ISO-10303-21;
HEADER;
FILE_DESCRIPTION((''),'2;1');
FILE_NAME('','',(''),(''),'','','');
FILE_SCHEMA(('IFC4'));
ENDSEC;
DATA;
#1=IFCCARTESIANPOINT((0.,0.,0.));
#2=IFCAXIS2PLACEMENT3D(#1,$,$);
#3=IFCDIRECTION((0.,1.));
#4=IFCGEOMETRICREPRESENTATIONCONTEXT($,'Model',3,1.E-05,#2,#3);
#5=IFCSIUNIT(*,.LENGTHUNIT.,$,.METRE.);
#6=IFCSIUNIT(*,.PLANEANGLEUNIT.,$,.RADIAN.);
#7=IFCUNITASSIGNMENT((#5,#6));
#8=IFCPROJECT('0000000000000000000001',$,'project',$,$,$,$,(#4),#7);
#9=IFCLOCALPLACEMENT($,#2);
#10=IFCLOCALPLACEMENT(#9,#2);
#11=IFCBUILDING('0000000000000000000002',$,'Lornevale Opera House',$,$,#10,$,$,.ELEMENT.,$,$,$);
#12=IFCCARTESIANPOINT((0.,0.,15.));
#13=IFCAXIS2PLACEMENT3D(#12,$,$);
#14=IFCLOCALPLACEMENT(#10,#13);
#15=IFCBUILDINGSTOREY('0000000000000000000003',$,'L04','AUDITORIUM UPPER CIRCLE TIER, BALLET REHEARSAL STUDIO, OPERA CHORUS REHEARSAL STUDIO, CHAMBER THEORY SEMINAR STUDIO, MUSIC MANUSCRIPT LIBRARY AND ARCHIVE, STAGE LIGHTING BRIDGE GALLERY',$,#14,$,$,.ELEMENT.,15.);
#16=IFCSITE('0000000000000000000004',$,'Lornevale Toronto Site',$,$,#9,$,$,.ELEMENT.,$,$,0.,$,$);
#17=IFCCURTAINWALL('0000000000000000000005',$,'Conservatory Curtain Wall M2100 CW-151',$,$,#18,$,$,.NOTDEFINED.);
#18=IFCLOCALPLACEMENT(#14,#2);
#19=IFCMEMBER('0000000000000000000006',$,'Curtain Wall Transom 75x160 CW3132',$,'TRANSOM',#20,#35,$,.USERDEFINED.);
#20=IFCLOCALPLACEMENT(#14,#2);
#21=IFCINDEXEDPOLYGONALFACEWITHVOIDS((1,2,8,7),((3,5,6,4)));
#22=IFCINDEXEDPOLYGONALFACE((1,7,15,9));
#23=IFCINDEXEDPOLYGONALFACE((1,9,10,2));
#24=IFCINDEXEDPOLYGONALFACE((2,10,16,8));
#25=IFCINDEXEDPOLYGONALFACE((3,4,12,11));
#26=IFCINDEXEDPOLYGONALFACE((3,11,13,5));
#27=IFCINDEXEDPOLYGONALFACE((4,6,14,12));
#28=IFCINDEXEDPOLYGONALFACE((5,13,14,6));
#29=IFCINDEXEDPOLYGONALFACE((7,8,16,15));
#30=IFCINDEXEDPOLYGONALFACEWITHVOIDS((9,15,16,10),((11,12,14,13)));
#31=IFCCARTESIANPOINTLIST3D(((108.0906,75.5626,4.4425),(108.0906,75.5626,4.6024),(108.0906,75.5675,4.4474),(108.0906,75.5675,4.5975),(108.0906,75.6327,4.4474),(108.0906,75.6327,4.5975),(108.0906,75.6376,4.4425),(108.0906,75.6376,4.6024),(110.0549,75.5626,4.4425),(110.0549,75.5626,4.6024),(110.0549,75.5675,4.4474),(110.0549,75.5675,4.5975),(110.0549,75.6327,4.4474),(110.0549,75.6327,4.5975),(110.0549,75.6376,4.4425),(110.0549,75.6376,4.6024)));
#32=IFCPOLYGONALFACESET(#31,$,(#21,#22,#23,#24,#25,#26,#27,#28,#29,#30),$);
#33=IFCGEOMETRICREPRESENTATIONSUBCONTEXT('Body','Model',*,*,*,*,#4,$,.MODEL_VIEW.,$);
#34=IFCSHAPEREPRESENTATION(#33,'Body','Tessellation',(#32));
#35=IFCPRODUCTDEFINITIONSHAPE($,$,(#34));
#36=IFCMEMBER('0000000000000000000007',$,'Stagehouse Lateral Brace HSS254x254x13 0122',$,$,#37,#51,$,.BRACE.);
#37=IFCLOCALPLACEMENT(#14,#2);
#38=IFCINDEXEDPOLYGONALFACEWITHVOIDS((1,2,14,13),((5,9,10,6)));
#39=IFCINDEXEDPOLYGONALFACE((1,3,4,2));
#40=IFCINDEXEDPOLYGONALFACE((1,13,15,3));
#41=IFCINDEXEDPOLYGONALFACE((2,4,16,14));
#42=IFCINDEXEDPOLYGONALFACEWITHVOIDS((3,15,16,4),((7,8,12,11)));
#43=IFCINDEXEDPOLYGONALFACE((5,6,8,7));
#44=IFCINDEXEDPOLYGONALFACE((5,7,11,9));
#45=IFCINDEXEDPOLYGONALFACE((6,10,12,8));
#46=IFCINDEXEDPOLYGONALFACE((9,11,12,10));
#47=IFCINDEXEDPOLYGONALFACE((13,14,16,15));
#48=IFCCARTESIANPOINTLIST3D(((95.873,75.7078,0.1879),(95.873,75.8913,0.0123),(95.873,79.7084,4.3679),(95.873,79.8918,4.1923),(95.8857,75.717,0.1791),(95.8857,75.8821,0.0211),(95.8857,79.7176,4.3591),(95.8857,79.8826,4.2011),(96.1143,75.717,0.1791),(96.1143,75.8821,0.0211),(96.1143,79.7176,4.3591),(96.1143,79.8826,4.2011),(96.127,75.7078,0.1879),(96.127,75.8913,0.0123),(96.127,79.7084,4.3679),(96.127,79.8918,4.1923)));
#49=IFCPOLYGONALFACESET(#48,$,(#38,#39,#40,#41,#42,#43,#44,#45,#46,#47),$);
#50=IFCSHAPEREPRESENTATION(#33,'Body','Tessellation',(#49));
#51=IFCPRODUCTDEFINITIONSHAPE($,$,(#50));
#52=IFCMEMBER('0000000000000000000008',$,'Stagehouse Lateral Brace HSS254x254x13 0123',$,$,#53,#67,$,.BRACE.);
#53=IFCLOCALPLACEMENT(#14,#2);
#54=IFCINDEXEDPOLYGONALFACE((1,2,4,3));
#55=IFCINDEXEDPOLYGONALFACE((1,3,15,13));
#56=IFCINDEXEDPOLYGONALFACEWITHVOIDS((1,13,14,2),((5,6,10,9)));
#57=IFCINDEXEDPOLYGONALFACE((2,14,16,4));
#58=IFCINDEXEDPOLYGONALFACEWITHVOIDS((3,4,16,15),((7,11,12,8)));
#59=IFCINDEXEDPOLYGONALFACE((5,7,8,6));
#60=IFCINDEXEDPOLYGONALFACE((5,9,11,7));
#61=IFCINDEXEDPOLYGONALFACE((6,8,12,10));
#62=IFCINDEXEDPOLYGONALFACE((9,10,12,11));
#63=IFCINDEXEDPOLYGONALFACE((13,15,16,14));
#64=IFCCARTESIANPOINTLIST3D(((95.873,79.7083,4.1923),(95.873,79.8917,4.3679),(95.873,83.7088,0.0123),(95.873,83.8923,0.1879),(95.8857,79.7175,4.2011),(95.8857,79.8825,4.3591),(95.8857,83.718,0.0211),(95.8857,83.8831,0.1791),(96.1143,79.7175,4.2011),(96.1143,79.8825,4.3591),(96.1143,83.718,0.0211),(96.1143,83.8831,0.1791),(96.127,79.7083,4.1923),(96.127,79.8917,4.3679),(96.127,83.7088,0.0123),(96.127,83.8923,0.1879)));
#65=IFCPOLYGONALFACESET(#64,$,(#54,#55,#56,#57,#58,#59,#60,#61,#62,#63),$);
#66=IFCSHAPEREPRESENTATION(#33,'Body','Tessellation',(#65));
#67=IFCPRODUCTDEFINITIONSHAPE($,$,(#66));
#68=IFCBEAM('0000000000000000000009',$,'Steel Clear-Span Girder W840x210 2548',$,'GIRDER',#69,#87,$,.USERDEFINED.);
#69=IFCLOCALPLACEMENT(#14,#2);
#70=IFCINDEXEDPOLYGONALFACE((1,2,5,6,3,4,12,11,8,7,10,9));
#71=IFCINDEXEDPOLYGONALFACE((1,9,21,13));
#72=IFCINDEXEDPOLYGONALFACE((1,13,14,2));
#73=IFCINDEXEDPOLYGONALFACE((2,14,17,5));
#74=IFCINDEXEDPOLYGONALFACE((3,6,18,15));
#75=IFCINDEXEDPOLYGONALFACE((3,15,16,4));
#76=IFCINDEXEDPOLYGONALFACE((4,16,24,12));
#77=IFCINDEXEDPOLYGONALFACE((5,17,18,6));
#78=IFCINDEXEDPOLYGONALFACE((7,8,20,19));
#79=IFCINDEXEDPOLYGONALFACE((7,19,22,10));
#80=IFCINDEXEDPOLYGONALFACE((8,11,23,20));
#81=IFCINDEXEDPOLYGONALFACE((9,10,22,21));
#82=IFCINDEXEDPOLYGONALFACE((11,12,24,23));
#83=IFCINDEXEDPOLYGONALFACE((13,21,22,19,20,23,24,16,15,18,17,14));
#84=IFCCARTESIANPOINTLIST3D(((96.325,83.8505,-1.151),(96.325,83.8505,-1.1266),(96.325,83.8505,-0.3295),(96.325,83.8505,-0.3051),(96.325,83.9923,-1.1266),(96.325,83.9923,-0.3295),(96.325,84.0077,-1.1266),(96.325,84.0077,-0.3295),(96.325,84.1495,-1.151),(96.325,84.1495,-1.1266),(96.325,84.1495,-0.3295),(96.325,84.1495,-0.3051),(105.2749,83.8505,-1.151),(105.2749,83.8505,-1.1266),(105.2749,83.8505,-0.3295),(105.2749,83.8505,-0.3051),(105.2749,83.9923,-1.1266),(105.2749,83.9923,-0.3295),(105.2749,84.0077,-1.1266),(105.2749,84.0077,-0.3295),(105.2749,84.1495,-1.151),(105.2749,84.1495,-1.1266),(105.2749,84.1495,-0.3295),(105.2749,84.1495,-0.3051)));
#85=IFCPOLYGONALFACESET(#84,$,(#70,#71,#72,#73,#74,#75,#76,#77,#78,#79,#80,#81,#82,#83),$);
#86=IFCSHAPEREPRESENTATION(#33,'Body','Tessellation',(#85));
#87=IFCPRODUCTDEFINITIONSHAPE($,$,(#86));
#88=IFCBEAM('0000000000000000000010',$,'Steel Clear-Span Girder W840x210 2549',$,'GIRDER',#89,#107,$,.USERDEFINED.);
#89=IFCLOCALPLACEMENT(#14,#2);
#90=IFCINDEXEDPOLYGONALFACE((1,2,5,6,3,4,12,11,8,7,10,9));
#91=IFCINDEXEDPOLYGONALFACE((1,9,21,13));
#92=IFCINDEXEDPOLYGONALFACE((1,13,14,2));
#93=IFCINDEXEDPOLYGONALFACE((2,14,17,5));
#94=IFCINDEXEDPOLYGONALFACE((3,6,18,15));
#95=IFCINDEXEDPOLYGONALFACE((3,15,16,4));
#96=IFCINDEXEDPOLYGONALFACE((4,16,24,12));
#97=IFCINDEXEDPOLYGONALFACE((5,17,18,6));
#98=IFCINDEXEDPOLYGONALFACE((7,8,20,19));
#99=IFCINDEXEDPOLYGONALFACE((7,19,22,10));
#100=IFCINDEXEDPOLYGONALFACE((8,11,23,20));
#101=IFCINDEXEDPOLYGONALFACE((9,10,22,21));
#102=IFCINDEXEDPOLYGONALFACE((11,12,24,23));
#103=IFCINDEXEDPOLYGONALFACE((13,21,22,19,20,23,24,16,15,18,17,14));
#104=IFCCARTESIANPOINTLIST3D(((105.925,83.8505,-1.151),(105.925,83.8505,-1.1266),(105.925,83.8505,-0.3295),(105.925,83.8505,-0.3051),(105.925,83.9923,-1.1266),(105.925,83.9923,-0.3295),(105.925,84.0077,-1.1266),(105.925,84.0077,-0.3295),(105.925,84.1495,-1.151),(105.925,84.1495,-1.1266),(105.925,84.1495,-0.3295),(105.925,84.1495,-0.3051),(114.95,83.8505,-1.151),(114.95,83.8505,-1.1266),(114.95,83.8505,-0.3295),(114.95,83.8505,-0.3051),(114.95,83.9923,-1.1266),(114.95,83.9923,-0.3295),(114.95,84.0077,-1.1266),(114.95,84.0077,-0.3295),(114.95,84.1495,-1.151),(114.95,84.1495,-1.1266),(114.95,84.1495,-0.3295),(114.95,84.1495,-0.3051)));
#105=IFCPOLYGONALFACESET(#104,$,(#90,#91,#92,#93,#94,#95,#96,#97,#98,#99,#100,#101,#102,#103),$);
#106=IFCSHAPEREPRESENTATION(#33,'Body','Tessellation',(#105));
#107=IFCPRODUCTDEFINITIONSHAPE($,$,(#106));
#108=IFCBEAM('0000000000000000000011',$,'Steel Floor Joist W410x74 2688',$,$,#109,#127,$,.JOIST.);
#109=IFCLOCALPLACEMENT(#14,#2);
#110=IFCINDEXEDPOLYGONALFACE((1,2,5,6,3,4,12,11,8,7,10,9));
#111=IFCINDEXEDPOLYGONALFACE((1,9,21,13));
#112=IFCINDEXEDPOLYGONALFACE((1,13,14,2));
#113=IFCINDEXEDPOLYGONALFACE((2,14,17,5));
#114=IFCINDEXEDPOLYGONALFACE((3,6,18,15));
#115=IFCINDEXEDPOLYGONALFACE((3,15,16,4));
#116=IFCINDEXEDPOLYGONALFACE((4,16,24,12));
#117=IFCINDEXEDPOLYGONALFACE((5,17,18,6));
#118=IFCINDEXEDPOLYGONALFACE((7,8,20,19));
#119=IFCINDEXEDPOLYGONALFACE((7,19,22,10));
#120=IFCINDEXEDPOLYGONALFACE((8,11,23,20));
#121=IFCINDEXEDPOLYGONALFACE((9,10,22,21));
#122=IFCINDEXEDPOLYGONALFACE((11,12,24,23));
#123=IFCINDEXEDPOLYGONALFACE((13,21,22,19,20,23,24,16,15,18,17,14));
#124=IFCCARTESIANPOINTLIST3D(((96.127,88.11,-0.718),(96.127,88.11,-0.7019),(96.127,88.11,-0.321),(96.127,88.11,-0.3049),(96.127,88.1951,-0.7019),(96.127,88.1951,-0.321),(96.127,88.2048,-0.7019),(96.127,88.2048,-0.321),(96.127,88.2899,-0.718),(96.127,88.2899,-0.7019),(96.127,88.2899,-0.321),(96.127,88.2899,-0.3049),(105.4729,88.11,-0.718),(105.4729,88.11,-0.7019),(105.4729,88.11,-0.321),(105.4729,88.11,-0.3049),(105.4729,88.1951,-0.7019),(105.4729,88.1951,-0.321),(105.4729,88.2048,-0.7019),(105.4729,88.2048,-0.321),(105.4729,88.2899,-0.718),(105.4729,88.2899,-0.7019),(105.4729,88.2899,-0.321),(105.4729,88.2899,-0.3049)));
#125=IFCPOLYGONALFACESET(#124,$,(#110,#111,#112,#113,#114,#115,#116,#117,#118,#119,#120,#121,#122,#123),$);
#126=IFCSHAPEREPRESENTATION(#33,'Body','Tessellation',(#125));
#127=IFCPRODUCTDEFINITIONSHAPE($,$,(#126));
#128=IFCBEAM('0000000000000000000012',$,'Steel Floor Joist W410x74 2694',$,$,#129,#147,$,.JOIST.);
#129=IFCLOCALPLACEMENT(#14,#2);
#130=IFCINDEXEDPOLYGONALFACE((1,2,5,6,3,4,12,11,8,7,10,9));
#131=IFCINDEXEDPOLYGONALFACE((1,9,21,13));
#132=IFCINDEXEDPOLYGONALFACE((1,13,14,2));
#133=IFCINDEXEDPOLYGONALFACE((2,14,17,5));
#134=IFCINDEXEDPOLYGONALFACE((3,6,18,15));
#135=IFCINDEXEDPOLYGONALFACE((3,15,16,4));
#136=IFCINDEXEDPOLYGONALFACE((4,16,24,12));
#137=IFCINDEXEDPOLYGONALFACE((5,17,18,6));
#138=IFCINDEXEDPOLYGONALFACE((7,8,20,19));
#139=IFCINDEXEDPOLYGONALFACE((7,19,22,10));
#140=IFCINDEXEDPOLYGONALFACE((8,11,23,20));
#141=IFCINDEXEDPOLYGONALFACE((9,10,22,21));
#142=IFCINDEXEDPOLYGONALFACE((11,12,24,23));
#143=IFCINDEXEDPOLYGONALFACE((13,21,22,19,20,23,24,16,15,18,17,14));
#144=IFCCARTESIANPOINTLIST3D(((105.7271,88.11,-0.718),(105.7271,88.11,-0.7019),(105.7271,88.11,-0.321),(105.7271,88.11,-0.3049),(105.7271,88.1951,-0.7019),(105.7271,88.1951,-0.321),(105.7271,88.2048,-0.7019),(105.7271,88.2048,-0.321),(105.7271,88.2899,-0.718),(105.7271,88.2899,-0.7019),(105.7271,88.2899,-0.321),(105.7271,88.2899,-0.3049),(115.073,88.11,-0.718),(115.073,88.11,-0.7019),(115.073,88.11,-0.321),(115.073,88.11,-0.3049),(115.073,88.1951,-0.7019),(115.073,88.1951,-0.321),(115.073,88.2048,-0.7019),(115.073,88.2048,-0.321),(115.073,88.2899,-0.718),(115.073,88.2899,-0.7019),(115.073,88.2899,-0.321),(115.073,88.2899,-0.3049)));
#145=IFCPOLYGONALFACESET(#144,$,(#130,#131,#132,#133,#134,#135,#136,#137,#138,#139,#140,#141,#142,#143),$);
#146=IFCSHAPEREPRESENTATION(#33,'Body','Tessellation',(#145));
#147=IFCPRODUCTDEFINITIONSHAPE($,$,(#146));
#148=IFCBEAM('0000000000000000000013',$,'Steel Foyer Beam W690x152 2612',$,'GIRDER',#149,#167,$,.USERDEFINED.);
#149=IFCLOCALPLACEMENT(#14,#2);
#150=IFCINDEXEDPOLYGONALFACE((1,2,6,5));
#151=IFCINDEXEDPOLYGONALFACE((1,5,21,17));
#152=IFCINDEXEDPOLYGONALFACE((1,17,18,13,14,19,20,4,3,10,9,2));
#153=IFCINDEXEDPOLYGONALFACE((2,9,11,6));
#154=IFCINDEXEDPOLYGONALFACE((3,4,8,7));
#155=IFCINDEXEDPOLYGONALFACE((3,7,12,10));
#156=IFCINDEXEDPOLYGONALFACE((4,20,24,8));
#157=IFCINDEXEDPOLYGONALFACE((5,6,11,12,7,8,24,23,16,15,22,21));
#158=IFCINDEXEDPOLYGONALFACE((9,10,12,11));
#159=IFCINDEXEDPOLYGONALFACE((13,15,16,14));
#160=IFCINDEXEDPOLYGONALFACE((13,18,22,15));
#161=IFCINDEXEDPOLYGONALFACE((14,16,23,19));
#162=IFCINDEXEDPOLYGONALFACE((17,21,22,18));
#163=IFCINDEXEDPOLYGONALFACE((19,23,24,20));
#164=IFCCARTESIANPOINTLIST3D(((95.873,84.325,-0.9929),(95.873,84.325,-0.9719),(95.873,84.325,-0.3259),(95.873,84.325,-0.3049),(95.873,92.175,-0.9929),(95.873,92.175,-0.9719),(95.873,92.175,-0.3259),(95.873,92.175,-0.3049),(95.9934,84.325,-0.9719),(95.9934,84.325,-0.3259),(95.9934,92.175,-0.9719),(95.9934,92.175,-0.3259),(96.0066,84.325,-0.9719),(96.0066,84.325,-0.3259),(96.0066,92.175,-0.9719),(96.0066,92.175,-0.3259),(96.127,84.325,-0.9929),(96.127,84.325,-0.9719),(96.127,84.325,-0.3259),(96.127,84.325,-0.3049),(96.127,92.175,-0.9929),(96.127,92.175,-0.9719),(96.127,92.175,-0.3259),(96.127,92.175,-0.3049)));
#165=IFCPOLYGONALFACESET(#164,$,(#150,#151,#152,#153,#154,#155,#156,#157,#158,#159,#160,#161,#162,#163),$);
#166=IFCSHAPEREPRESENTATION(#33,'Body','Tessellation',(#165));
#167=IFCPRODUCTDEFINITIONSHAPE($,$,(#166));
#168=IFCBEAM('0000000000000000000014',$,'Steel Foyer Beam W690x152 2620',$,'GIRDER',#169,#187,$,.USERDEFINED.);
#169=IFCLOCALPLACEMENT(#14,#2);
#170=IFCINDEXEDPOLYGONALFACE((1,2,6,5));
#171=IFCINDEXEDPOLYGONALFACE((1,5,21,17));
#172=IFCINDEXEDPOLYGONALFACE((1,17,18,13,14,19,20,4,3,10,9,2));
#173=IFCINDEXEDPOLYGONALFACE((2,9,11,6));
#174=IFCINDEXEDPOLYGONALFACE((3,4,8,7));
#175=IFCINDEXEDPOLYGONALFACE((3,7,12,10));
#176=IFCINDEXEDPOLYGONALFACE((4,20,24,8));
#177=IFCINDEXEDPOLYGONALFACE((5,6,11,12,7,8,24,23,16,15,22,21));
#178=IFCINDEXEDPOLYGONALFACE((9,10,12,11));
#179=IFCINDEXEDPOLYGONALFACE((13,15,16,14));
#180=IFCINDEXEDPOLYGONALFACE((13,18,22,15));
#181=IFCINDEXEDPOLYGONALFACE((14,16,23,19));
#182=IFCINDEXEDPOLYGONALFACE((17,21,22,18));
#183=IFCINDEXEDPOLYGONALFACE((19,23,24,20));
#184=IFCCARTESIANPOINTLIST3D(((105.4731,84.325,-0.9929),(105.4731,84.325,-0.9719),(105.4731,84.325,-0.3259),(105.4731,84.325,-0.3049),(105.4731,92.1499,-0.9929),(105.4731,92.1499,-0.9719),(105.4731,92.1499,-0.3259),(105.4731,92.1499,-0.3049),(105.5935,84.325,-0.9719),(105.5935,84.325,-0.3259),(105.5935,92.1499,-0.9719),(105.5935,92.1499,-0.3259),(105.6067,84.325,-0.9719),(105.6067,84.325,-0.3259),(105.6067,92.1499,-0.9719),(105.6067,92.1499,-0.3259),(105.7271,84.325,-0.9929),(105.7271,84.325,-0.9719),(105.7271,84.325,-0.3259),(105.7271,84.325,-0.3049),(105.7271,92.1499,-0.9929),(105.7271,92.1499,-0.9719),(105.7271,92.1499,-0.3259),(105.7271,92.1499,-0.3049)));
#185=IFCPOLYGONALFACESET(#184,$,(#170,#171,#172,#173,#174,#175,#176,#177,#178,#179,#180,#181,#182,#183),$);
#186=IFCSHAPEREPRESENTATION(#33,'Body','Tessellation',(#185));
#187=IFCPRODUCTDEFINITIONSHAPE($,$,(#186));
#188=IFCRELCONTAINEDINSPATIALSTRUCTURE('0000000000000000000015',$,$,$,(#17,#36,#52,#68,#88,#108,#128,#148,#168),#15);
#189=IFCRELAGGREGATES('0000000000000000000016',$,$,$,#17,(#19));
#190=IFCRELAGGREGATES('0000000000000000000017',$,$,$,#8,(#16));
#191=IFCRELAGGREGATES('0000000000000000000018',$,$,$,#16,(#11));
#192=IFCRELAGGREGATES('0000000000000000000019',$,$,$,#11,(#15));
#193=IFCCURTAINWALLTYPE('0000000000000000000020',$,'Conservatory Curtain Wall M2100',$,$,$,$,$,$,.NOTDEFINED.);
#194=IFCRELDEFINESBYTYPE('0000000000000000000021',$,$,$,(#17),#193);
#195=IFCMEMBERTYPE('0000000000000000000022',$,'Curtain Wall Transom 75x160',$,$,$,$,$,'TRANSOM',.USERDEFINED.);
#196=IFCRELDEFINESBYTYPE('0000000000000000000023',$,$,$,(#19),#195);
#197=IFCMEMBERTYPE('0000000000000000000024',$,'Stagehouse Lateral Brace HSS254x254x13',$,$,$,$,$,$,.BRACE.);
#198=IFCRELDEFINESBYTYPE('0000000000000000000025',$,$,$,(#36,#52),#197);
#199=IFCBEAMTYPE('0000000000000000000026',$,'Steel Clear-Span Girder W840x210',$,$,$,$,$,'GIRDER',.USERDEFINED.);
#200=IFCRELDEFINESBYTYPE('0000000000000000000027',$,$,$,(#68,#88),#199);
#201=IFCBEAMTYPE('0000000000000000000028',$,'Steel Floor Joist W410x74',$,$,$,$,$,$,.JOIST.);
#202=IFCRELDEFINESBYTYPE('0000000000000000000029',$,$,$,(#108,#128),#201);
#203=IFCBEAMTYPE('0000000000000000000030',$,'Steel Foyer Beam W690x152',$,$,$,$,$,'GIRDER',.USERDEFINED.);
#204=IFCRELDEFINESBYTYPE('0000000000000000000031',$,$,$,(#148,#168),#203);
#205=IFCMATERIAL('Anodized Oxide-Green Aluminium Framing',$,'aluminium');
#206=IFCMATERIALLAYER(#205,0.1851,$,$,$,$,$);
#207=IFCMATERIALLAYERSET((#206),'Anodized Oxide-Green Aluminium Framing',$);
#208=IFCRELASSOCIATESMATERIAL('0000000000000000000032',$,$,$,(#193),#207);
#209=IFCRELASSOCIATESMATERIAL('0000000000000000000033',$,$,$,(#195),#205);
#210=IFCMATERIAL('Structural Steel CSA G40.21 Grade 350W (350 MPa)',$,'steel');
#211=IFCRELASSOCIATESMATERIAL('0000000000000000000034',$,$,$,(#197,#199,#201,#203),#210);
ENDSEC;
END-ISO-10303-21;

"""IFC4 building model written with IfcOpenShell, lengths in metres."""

from ifc_helpers import new_model, si_unit, direction, frame, origin, origin_2d, place, context, subcontext, project, spatial, hollow_rectangle, i_section, extrude, material, layer, layer_set, material_profile, profile_set, type_object, element, aggregate, save


model = new_model("IFC4")

# Units and contexts
model_context = context("Model", 3, precision=1e-05, world=origin(), true_north=direction((0.0, 1.0)))
body_context = subcontext(model_context, "Body", "Model", "MODEL_VIEW")
ifc_project = project(units=[si_unit("LENGTHUNIT", "METRE"), si_unit("PLANEANGLEUNIT", "RADIAN")], contexts=[model_context])

# Site, building, storey
site_placement = place(None, origin())
site = spatial("IfcSite", under=ifc_project, at=site_placement, Name="Lornevale Toronto Site", CompositionType="ELEMENT", RefElevation=0.0)
building_placement = place(site_placement, origin())
building = spatial("IfcBuilding", under=site, at=building_placement, Name="Lornevale Opera House", CompositionType="ELEMENT")
storey_placement = place(building_placement, frame((0.0, 0.0, 15.0)))
storey = spatial("IfcBuildingStorey", under=building, at=storey_placement, Name="L04", Description="AUDITORIUM UPPER CIRCLE TIER, BALLET REHEARSAL STUDIO, OPERA CHORUS REHEARSAL STUDIO, CHAMBER THEORY SEMINAR STUDIO, MUSIC MANUSCRIPT LIBRARY AND ARCHIVE, STAGE LIGHTING BRIDGE GALLERY", CompositionType="ELEMENT", Elevation=15.0)

# Shared definitions
ifc_material_1 = material(Name="Structural Steel CSA G40.21 Grade 350W (350 MPa)", Category="steel")

# Curtain wall, member
ifc_material_2 = material(Name="Anodized Oxide-Green Aluminium Framing", Category="aluminium")
ifc_layer_1 = layer(ifc_material_2, 0.1851)
ifc_layer_set_1 = layer_set([ifc_layer_1], Name="Anodized Oxide-Green Aluminium Framing")
curtain_wall_type = type_object("IfcCurtainWallType", Name="Conservatory Curtain Wall M2100", PredefinedType="NOTDEFINED", material=ifc_layer_set_1)
curtain_wall_placement = place(storey_placement, origin())
curtain_wall = element("IfcCurtainWall", 1, at=curtain_wall_placement, inside=storey, type_object=curtain_wall_type, Name="Conservatory Curtain Wall M2100 CW-151", PredefinedType="NOTDEFINED")
ifc_material_profile_1 = material_profile(ifc_material_2, hollow_rectangle(XDim=0.075, YDim=0.1599, WallThickness=0.0049, at=origin_2d()), Name="ALU75x160x5")
ifc_profile_set_1 = profile_set([ifc_material_profile_1], Name="Anodized Oxide-Green Aluminium Framing")
member_type_1 = type_object("IfcMemberType", Name="Curtain Wall Transom 75x160", ElementType="TRANSOM", PredefinedType="USERDEFINED", material=ifc_profile_set_1)
member_1_placement = place(storey_placement, frame((108.0906, 75.6001, 4.5225), z_axis=(1.0, 0.0, 0.0), x_axis=(0.0, 1.0, 0.0)))
member_1 = element("IfcMember", 2, at=member_1_placement, type_object=member_type_1, Name="Curtain Wall Transom 75x160 CW3132", ObjectType="TRANSOM", PredefinedType="USERDEFINED", context=body_context, shape_type="SweptSolid", body=[
    extrude(hollow_rectangle(XDim=0.075, YDim=0.1599, WallThickness=0.0049, at=origin_2d()), origin(), (0.0, 0.0, 1.0), 1.9644),
])

# Members
ifc_material_profile_2 = material_profile(ifc_material_1, hollow_rectangle(XDim=0.2539, YDim=0.2539, WallThickness=0.0127, at=origin_2d()), Name="HSS254x254x13")
ifc_profile_set_2 = profile_set([ifc_material_profile_2], Name="Structural Steel CSA G40.21 Grade 350W (350 MPa)")
member_type_2 = type_object("IfcMemberType", Name="Stagehouse Lateral Brace HSS254x254x13", PredefinedType="BRACE", material=ifc_profile_set_2)
for number, where, z_axis, x_axis, name in (
    (3, (96.0, 75.7996, 0.1001), (0.0, 0.69143, 0.722444), (-1.0, 0.0, 0.0), "Stagehouse Lateral Brace HSS254x254x13 0122"),
    (4, (96.0, 83.8005, 0.1001), (0.0, -0.69143, 0.722444), (1.0, 0.0, 0.0), "Stagehouse Lateral Brace HSS254x254x13 0123"),
):
    element("IfcMember", number, at=place(storey_placement, frame(where, z_axis=z_axis, x_axis=x_axis)), inside=storey, type_object=member_type_2, Name=name, PredefinedType="BRACE", context=body_context, shape_type="SweptSolid", body=[
        extrude(hollow_rectangle(XDim=0.2539, YDim=0.2539, WallThickness=0.0127, at=origin_2d()), origin(), (0.0, 0.0, 1.0), 5.7859),
    ])

# Beams
ifc_material_profile_3 = material_profile(ifc_material_1, i_section(OverallWidth=0.2991, OverallDepth=0.8459, WebThickness=0.0154, FlangeThickness=0.0244, at=origin_2d()), Name="W840x210")
ifc_profile_set_3 = profile_set([ifc_material_profile_3], Name="Structural Steel CSA G40.21 Grade 350W (350 MPa)")
beam_type_1 = type_object("IfcBeamType", Name="Steel Clear-Span Girder W840x210", ElementType="GIRDER", PredefinedType="USERDEFINED", material=ifc_profile_set_3)
beam_1_placement = place(storey_placement, frame((96.325, 84.0, -0.728), z_axis=(1.0, 0.0, 0.0), x_axis=(0.0, 1.0, 0.0)))
element("IfcBeam", 5, at=beam_1_placement, inside=storey, type_object=beam_type_1, Name="Steel Clear-Span Girder W840x210 2548", ObjectType="GIRDER", PredefinedType="USERDEFINED", context=body_context, shape_type="SweptSolid", body=[
    extrude(i_section(OverallWidth=0.2991, OverallDepth=0.8459, WebThickness=0.0154, FlangeThickness=0.0244, at=origin_2d()), origin(), (0.0, 0.0, 1.0), 8.95),
])
beam_2_placement = place(storey_placement, frame((105.925, 84.0, -0.728), z_axis=(1.0, 0.0, 0.0), x_axis=(0.0, 1.0, 0.0)))
element("IfcBeam", 6, at=beam_2_placement, inside=storey, type_object=beam_type_1, Name="Steel Clear-Span Girder W840x210 2549", ObjectType="GIRDER", PredefinedType="USERDEFINED", context=body_context, shape_type="SweptSolid", body=[
    extrude(i_section(OverallWidth=0.2991, OverallDepth=0.8459, WebThickness=0.0154, FlangeThickness=0.0244, at=origin_2d()), origin(), (0.0, 0.0, 1.0), 9.0249),
])
ifc_material_profile_4 = material_profile(ifc_material_1, i_section(OverallWidth=0.1799, OverallDepth=0.4131, WebThickness=0.0098, FlangeThickness=0.0161, at=origin_2d()), Name="W410x74")
ifc_profile_set_4 = profile_set([ifc_material_profile_4], Name="Structural Steel CSA G40.21 Grade 350W (350 MPa)")
beam_type_2 = type_object("IfcBeamType", Name="Steel Floor Joist W410x74", PredefinedType="JOIST", material=ifc_profile_set_4)
for number, where, z_axis, x_axis, name in (
    (7, (96.127, 88.2, -0.5115), (1.0, 0.0, 0.0), (0.0, 1.0, 0.0), "Steel Floor Joist W410x74 2688"),
    (8, (105.7271, 88.2, -0.5115), (1.0, 0.0, 0.0), (0.0, 1.0, 0.0), "Steel Floor Joist W410x74 2694"),
):
    element("IfcBeam", number, at=place(storey_placement, frame(where, z_axis=z_axis, x_axis=x_axis)), inside=storey, type_object=beam_type_2, Name=name, PredefinedType="JOIST", context=body_context, shape_type="SweptSolid", body=[
        extrude(i_section(OverallWidth=0.1799, OverallDepth=0.4131, WebThickness=0.0098, FlangeThickness=0.0161, at=origin_2d()), origin(), (0.0, 0.0, 1.0), 9.3459),
    ])
ifc_material_profile_5 = material_profile(ifc_material_1, i_section(OverallWidth=0.2539, OverallDepth=0.688, WebThickness=0.0132, FlangeThickness=0.021, at=origin_2d()), Name="W690x152")
ifc_profile_set_5 = profile_set([ifc_material_profile_5], Name="Structural Steel CSA G40.21 Grade 350W (350 MPa)")
beam_type_3 = type_object("IfcBeamType", Name="Steel Foyer Beam W690x152", ElementType="GIRDER", PredefinedType="USERDEFINED", material=ifc_profile_set_5)
beam_3_placement = place(storey_placement, frame((96.0, 84.325, -0.6489), z_axis=(0.0, 1.0, 0.0), x_axis=(-1.0, 0.0, 0.0)))
element("IfcBeam", 9, at=beam_3_placement, inside=storey, type_object=beam_type_3, Name="Steel Foyer Beam W690x152 2612", ObjectType="GIRDER", PredefinedType="USERDEFINED", context=body_context, shape_type="SweptSolid", body=[
    extrude(i_section(OverallWidth=0.2539, OverallDepth=0.688, WebThickness=0.0132, FlangeThickness=0.021, at=origin_2d()), origin(), (0.0, 0.0, 1.0), 7.8501),
])
beam_4_placement = place(storey_placement, frame((105.6001, 84.325, -0.6489), z_axis=(0.0, 1.0, 0.0), x_axis=(-1.0, 0.0, 0.0)))
element("IfcBeam", 10, at=beam_4_placement, inside=storey, type_object=beam_type_3, Name="Steel Foyer Beam W690x152 2620", ObjectType="GIRDER", PredefinedType="USERDEFINED", context=body_context, shape_type="SweptSolid", body=[
    extrude(i_section(OverallWidth=0.2539, OverallDepth=0.688, WebThickness=0.0132, FlangeThickness=0.021, at=origin_2d()), origin(), (0.0, 0.0, 1.0), 7.825),
])

aggregate(curtain_wall, [member_1])

save(model, "model.ifc")
